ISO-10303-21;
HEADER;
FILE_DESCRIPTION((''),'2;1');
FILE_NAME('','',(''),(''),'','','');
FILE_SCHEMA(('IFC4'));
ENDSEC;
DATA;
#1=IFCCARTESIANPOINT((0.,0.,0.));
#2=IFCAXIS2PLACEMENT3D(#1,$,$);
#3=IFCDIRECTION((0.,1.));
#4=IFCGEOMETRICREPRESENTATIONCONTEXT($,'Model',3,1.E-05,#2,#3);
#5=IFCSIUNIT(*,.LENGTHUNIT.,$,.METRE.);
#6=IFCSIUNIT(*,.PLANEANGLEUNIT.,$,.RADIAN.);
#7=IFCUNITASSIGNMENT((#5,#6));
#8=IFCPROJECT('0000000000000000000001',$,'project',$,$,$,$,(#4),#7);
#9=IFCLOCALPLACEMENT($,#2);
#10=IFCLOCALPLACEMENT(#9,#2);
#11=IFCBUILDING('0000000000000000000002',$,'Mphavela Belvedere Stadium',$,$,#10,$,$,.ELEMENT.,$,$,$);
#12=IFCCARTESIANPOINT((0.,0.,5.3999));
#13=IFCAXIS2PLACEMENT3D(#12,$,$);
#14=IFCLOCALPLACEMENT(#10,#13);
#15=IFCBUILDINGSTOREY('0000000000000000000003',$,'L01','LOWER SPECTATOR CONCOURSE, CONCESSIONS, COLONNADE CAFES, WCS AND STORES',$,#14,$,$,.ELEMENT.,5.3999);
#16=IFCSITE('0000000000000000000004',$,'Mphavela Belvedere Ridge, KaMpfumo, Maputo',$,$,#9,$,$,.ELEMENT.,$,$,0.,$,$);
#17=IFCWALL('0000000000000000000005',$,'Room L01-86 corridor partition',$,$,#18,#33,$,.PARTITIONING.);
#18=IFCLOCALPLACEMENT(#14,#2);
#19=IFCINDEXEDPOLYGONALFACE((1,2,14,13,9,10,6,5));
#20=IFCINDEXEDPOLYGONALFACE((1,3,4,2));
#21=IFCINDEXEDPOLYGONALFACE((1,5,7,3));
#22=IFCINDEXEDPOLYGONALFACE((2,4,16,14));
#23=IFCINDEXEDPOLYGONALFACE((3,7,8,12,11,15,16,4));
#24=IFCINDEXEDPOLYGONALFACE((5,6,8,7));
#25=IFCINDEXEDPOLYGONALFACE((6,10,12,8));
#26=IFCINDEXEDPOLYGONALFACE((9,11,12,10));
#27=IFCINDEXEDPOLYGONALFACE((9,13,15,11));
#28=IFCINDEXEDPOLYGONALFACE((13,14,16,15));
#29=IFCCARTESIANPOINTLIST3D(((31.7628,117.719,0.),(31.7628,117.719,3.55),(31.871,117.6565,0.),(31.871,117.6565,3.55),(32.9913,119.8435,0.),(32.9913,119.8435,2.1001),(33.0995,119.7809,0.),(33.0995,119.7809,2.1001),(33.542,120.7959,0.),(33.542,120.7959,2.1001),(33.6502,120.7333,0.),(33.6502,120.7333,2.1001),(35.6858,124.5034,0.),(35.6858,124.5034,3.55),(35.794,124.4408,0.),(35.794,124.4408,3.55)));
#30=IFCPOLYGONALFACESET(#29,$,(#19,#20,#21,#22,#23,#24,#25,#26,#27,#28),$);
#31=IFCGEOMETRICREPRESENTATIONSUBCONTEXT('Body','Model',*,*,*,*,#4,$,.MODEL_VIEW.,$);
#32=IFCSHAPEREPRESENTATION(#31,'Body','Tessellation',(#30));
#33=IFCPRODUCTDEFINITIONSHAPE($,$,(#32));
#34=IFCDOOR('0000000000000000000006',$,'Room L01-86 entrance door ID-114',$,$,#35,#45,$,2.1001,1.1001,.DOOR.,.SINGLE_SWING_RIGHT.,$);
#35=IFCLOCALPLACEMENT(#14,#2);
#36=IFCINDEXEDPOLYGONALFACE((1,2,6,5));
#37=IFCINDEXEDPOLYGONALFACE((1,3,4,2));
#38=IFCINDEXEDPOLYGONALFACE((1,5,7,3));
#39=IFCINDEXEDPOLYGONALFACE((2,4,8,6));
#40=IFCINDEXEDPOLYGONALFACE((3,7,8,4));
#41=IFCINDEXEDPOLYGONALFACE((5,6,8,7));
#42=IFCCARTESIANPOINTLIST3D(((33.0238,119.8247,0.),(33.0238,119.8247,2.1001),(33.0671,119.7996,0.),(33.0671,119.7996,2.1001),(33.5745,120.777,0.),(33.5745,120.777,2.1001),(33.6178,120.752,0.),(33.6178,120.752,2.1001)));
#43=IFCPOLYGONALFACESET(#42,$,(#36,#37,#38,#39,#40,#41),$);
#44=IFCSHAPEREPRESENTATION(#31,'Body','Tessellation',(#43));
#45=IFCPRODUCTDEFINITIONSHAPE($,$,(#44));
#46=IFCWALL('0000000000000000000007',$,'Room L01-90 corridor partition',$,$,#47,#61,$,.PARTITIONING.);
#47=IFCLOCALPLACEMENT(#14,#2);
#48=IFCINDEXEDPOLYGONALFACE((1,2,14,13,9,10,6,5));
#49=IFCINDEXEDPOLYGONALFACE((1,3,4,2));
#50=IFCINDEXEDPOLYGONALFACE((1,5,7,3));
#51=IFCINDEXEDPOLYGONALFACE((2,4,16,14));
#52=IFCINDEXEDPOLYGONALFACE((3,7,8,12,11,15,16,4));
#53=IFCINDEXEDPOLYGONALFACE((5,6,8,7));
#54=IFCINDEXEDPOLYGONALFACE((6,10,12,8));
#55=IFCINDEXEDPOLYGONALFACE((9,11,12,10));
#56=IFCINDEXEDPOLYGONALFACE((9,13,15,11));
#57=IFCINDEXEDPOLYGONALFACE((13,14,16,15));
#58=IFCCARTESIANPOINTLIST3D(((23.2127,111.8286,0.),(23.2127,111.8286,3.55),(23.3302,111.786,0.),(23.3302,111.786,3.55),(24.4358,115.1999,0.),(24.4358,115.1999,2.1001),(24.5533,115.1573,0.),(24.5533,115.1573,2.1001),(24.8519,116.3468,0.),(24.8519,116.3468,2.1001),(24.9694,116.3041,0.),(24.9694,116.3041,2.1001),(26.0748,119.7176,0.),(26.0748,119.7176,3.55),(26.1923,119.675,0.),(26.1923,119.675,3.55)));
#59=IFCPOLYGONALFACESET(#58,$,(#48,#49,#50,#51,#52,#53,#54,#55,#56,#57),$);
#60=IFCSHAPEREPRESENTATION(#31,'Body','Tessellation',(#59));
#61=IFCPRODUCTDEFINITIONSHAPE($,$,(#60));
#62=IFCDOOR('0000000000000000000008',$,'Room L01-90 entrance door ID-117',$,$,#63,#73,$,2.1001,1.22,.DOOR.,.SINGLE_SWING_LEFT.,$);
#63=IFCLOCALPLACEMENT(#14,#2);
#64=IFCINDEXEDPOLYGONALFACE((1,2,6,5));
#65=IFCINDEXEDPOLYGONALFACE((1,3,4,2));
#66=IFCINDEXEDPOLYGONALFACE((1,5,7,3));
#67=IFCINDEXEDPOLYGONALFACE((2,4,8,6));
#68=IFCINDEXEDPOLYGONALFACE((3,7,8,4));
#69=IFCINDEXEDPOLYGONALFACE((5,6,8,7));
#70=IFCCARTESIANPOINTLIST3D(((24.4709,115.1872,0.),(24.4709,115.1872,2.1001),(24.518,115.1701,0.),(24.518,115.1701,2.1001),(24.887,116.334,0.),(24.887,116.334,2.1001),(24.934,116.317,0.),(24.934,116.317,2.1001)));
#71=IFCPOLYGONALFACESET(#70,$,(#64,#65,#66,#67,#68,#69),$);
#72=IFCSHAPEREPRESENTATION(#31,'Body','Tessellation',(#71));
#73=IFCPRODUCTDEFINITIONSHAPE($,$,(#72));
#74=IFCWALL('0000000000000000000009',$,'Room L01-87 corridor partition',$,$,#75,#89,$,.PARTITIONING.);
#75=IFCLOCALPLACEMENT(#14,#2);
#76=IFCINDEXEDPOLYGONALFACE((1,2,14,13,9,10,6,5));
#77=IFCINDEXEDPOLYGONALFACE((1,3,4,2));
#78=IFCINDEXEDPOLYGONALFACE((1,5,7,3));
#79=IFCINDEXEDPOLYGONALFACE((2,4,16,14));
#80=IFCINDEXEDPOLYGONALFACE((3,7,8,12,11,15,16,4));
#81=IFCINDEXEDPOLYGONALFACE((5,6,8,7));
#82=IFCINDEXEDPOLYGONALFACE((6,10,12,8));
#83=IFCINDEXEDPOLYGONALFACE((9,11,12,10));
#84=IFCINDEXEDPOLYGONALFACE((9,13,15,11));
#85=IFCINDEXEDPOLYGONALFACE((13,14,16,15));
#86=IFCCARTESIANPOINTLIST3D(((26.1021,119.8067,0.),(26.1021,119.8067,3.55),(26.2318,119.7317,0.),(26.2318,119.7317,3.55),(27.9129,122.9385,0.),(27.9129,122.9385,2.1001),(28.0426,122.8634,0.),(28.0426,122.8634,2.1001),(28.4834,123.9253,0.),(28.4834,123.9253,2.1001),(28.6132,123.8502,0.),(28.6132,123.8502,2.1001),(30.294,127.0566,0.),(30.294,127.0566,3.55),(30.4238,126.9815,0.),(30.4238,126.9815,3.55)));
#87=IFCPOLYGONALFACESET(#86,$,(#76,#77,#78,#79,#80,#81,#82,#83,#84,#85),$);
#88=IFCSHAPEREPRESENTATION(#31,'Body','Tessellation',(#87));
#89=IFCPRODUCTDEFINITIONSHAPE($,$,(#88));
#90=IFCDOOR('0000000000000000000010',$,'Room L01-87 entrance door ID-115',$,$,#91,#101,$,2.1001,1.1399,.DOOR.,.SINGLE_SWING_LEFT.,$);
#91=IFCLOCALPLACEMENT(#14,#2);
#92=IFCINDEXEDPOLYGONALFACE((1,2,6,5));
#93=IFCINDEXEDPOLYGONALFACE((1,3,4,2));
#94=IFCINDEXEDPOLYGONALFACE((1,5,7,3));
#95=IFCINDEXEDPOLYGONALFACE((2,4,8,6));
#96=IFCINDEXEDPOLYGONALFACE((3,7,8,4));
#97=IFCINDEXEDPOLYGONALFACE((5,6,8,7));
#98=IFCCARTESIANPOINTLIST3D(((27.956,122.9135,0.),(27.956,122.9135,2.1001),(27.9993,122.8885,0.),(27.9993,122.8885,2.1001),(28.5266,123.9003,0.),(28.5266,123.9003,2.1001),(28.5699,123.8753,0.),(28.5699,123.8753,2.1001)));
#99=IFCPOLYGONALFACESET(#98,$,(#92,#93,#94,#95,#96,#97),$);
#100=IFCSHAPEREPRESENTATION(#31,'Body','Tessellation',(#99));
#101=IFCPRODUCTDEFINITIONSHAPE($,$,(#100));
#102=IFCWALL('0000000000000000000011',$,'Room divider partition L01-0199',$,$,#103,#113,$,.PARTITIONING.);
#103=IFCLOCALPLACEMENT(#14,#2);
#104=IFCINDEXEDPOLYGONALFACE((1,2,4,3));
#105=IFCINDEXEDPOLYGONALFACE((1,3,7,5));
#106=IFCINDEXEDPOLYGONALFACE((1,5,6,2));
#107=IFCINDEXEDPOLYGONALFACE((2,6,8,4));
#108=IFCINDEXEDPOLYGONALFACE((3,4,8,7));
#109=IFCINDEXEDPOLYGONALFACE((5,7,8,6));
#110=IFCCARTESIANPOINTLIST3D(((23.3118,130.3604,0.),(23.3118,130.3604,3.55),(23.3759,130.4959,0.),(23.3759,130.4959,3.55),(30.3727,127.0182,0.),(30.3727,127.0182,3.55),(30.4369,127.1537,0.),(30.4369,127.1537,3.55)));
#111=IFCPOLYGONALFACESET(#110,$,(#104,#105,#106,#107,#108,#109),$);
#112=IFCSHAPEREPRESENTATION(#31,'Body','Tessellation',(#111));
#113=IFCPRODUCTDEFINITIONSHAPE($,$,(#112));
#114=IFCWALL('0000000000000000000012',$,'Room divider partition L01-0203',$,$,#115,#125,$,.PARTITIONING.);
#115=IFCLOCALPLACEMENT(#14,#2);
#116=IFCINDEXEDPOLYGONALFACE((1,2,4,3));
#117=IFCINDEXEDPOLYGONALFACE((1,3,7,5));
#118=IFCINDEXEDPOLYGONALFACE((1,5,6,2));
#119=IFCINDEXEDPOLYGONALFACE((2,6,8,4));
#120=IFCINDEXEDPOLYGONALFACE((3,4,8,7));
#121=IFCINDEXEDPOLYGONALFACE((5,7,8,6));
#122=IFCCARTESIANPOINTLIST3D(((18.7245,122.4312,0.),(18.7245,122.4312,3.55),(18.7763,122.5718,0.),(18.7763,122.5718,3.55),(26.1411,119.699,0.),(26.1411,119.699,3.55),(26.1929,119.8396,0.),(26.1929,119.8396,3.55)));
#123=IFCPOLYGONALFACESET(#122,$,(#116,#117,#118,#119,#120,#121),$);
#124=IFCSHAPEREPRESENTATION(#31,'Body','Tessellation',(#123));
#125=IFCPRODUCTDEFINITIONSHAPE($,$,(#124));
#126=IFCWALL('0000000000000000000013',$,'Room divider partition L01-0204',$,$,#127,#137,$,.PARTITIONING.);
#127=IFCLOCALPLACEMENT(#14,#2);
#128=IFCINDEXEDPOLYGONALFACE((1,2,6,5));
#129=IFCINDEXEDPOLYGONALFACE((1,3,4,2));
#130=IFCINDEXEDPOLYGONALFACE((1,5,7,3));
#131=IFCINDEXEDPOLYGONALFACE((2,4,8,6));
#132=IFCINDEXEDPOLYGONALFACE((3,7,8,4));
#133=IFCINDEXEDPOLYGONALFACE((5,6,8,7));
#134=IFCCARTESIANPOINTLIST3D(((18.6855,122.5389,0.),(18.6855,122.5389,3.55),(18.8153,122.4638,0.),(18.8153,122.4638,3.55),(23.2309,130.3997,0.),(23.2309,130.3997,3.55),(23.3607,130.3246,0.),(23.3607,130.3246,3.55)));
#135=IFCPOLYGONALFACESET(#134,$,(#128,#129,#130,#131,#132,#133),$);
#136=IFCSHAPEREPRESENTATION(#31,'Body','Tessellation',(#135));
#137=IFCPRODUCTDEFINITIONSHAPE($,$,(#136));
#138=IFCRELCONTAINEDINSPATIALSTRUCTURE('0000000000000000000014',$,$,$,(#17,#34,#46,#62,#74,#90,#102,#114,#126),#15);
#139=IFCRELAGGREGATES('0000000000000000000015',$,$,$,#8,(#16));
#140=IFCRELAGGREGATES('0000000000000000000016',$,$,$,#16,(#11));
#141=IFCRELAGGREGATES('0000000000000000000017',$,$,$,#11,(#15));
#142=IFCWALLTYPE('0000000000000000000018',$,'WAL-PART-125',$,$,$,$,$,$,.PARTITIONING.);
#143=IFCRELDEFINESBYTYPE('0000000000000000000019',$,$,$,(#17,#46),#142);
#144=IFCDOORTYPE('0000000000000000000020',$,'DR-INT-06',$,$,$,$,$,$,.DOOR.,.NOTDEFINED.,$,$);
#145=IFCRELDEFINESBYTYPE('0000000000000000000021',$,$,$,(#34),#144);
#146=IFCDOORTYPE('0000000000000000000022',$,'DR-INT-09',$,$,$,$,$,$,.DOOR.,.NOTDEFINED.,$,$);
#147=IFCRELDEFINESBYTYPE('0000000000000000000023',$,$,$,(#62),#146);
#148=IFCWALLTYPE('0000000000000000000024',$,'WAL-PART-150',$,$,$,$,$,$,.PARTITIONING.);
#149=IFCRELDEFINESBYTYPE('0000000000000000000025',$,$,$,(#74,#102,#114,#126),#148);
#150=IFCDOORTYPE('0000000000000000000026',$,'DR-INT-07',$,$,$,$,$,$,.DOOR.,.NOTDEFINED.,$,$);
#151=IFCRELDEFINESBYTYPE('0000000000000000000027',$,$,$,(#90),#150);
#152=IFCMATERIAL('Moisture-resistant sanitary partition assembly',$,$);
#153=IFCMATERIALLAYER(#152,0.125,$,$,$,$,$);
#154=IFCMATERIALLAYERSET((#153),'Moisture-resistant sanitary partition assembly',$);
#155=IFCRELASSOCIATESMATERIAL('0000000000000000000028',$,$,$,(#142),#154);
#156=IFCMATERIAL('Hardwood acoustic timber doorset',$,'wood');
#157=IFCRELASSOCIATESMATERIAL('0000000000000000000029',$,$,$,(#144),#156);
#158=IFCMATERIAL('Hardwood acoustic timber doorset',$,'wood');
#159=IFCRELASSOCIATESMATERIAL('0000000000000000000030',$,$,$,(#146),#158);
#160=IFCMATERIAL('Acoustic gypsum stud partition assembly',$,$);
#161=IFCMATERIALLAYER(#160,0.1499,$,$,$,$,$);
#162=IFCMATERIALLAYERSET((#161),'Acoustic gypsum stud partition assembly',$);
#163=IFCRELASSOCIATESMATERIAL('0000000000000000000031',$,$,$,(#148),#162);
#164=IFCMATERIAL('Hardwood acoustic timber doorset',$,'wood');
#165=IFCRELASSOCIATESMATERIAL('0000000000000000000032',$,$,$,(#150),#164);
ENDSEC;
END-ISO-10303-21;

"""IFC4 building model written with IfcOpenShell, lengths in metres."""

from ifc_helpers import new_model, si_unit, direction, frame, frame_2d, origin, place, context, subcontext, project, spatial, rectangle, extrude, material, layer, layer_set, type_object, element, fill, save


model = new_model("IFC4")

# Units and contexts
model_context = context("Model", 3, precision=1e-05, world=origin(), true_north=direction((0.0, 1.0)))
body_context = subcontext(model_context, "Body", "Model", "MODEL_VIEW")
ifc_project = project(units=[si_unit("LENGTHUNIT", "METRE"), si_unit("PLANEANGLEUNIT", "RADIAN")], contexts=[model_context])

# Site, building, storey
site_placement = place(None, origin())
site = spatial("IfcSite", under=ifc_project, at=site_placement, Name="Mphavela Belvedere Ridge, KaMpfumo, Maputo", CompositionType="ELEMENT", RefElevation=0.0)
building_placement = place(site_placement, origin())
building = spatial("IfcBuilding", under=site, at=building_placement, Name="Mphavela Belvedere Stadium", CompositionType="ELEMENT")
storey_placement = place(building_placement, frame((0.0, 0.0, 5.3999)))
storey = spatial("IfcBuildingStorey", under=building, at=storey_placement, Name="L01", Description="LOWER SPECTATOR CONCOURSE, CONCESSIONS, COLONNADE CAFES, WCS AND STORES", CompositionType="ELEMENT", Elevation=5.3999)

# Walls, openings, doors
ifc_material_1 = material(Name="Moisture-resistant sanitary partition assembly")
ifc_layer_1 = layer(ifc_material_1, 0.125)
ifc_layer_set_1 = layer_set([ifc_layer_1], Name="Moisture-resistant sanitary partition assembly")
wall_type_1 = type_object("IfcWallType", Name="WAL-PART-125", PredefinedType="PARTITIONING", material=ifc_layer_set_1)
wall_1_placement = place(storey_placement, frame((31.8169, 117.6877, 0.0), z_axis=(0.0, 0.0, 1.0), x_axis=(0.500584, 0.865688, 0.0)))
wall_1 = element("IfcWall", 1, at=wall_1_placement, inside=storey, type_object=wall_type_1, Name="Room L01-86 corridor partition", PredefinedType="PARTITIONING", context=body_context, shape_type="SweptSolid", body=[
    extrude(rectangle(XDim=7.8369, YDim=0.125, at=frame_2d((3.9185, 0.0))), origin(), (0.0, 0.0, 1.0), 3.55),
])
opening_1_placement = place(wall_1_placement, frame((2.4541, 0.0, 0.0)))
opening_1 = element("IfcOpeningElement", 2, at=opening_1_placement, cuts=wall_1, PredefinedType="OPENING", context=body_context, shape_type="SweptSolid", body=[
    extrude(rectangle(XDim=1.1001, YDim=2.1001, at=frame_2d((0.55, 1.05))), frame((0.0, 0.0725, 0.0), z_axis=(0.0, -1.0, 0.0), x_axis=(1.0, 0.0, 0.0)), (0.0, 0.0, 1.0), 0.145),
])
ifc_material_2 = material(Name="Hardwood acoustic timber doorset", Category="wood")
door_type_1 = type_object("IfcDoorType", Name="DR-INT-06", OperationType="NOTDEFINED", PredefinedType="DOOR", material=ifc_material_2)
door_1_placement = place(opening_1_placement, origin())
door_1 = element("IfcDoor", 3, at=door_1_placement, inside=storey, type_object=door_type_1, Name="Room L01-86 entrance door ID-114", OperationType="SINGLE_SWING_RIGHT", OverallHeight=2.1001, OverallWidth=1.1001, PredefinedType="DOOR", context=body_context, shape_type="SweptSolid", body=[
    extrude(rectangle(XDim=1.1001, YDim=2.1001, at=frame_2d((0.55, 1.05))), frame((0.0, 0.0249, 0.0), z_axis=(0.0, -1.0, 0.0), x_axis=(1.0, 0.0, 0.0)), (0.0, 0.0, 1.0), 0.05),
])
fill(opening_1, door_1)
wall_2_placement = place(storey_placement, frame((26.1335, 119.6963, 0.0), z_axis=(0.0, 0.0, 1.0), x_axis=(-0.341045, -0.940047, 0.0)))
wall_2 = element("IfcWall", 4, at=wall_2_placement, inside=storey, type_object=wall_type_1, Name="Room L01-90 corridor partition", PredefinedType="PARTITIONING", context=body_context, shape_type="SweptSolid", body=[
    extrude(rectangle(XDim=8.3921, YDim=0.125, at=frame_2d((4.196, 0.0))), origin(), (0.0, 0.0, 1.0), 3.55),
])
opening_2_placement = place(wall_2_placement, frame((3.5859, 0.0, 0.0)))
opening_2 = element("IfcOpeningElement", 5, at=opening_2_placement, cuts=wall_2, PredefinedType="OPENING", context=body_context, shape_type="SweptSolid", body=[
    extrude(rectangle(XDim=1.22, YDim=2.1001, at=frame_2d((0.6099, 1.05))), frame((0.0, 0.0725, 0.0), z_axis=(0.0, -1.0, 0.0), x_axis=(1.0, 0.0, 0.0)), (0.0, 0.0, 1.0), 0.145),
])
ifc_material_3 = material(Name="Hardwood acoustic timber doorset", Category="wood")
door_type_2 = type_object("IfcDoorType", Name="DR-INT-09", OperationType="NOTDEFINED", PredefinedType="DOOR", material=ifc_material_3)
door_2_placement = place(opening_2_placement, origin())
door_2 = element("IfcDoor", 6, at=door_2_placement, inside=storey, type_object=door_type_2, Name="Room L01-90 entrance door ID-117", OperationType="SINGLE_SWING_LEFT", OverallHeight=2.1001, OverallWidth=1.22, PredefinedType="DOOR", context=body_context, shape_type="SweptSolid", body=[
    extrude(rectangle(XDim=1.22, YDim=2.1001, at=frame_2d((0.6099, 1.05))), frame((0.0, 0.0249, 0.0), z_axis=(0.0, -1.0, 0.0), x_axis=(1.0, 0.0, 0.0)), (0.0, 0.0, 1.0), 0.05),
])
fill(opening_2, door_2)
ifc_material_4 = material(Name="Acoustic gypsum stud partition assembly")
ifc_layer_2 = layer(ifc_material_4, 0.1499)
ifc_layer_set_2 = layer_set([ifc_layer_2], Name="Acoustic gypsum stud partition assembly")
wall_type_2 = type_object("IfcWallType", Name="WAL-PART-150", PredefinedType="PARTITIONING", material=ifc_layer_set_2)
wall_3_placement = place(storey_placement, frame((30.3589, 127.019, 0.0), z_axis=(0.0, 0.0, 1.0), x_axis=(-0.500559, -0.865702, 0.0)))
wall_3 = element("IfcWall", 7, at=wall_3_placement, inside=storey, type_object=wall_type_2, Name="Room L01-87 corridor partition", PredefinedType="PARTITIONING", context=body_context, shape_type="SweptSolid", body=[
    extrude(rectangle(XDim=8.3745, YDim=0.1499, at=frame_2d((4.1873, 0.0))), origin(), (0.0, 0.0, 1.0), 3.55),
])
opening_3_placement = place(wall_3_placement, frame((3.6172, 0.0, 0.0)))
opening_3 = element("IfcOpeningElement", 8, at=opening_3_placement, cuts=wall_3, PredefinedType="OPENING", context=body_context, shape_type="SweptSolid", body=[
    extrude(rectangle(XDim=1.1399, YDim=2.1001, at=frame_2d((0.5698, 1.05))), frame((0.0, 0.085, 0.0), z_axis=(0.0, -1.0, 0.0), x_axis=(1.0, 0.0, 0.0)), (0.0, 0.0, 1.0), 0.1699),
])
ifc_material_5 = material(Name="Hardwood acoustic timber doorset", Category="wood")
door_type_3 = type_object("IfcDoorType", Name="DR-INT-07", OperationType="NOTDEFINED", PredefinedType="DOOR", material=ifc_material_5)
door_3_placement = place(opening_3_placement, origin())
door_3 = element("IfcDoor", 9, at=door_3_placement, inside=storey, type_object=door_type_3, Name="Room L01-87 entrance door ID-115", OperationType="SINGLE_SWING_LEFT", OverallHeight=2.1001, OverallWidth=1.1399, PredefinedType="DOOR", context=body_context, shape_type="SweptSolid", body=[
    extrude(rectangle(XDim=1.1399, YDim=2.1001, at=frame_2d((0.5698, 1.05))), frame((0.0, 0.0249, 0.0), z_axis=(0.0, -1.0, 0.0), x_axis=(1.0, 0.0, 0.0)), (0.0, 0.0, 1.0), 0.05),
])
fill(opening_3, door_3)

# Walls
wall_4_placement = place(storey_placement, frame((30.4048, 127.0859, 0.0), z_axis=(0.0, 0.0, 1.0), x_axis=(-0.903857, 0.427834, 0.0)))
element("IfcWall", 10, at=wall_4_placement, inside=storey, type_object=wall_type_2, Name="Room divider partition L01-0199", PredefinedType="PARTITIONING", context=body_context, shape_type="SweptSolid", body=[
    extrude(rectangle(XDim=7.812, YDim=0.1499, at=frame_2d((3.906, 0.0))), origin(), (0.0, 0.0, 1.0), 3.55),
])
wall_5_placement = place(storey_placement, frame((26.167, 119.7693, 0.0), z_axis=(0.0, 0.0, 1.0), x_axis=(-0.938352, 0.345681, 0.0)))
element("IfcWall", 11, at=wall_5_placement, inside=storey, type_object=wall_type_2, Name="Room divider partition L01-0203", PredefinedType="PARTITIONING", context=body_context, shape_type="SweptSolid", body=[
    extrude(rectangle(XDim=7.9038, YDim=0.1499, at=frame_2d((3.9519, 0.0))), origin(), (0.0, 0.0, 1.0), 3.55),
])
wall_6_placement = place(storey_placement, frame((18.7505, 122.5015, 0.0), z_axis=(0.0, 0.0, 1.0), x_axis=(0.500574, 0.865694, 0.0)))
element("IfcWall", 12, at=wall_6_placement, inside=storey, type_object=wall_type_2, Name="Room divider partition L01-0204", PredefinedType="PARTITIONING", context=body_context, shape_type="SweptSolid", body=[
    extrude(rectangle(XDim=9.0803, YDim=0.1499, at=frame_2d((4.54, 0.0))), origin(), (0.0, 0.0, 1.0), 3.55),
])

save(model, "model.ifc")
